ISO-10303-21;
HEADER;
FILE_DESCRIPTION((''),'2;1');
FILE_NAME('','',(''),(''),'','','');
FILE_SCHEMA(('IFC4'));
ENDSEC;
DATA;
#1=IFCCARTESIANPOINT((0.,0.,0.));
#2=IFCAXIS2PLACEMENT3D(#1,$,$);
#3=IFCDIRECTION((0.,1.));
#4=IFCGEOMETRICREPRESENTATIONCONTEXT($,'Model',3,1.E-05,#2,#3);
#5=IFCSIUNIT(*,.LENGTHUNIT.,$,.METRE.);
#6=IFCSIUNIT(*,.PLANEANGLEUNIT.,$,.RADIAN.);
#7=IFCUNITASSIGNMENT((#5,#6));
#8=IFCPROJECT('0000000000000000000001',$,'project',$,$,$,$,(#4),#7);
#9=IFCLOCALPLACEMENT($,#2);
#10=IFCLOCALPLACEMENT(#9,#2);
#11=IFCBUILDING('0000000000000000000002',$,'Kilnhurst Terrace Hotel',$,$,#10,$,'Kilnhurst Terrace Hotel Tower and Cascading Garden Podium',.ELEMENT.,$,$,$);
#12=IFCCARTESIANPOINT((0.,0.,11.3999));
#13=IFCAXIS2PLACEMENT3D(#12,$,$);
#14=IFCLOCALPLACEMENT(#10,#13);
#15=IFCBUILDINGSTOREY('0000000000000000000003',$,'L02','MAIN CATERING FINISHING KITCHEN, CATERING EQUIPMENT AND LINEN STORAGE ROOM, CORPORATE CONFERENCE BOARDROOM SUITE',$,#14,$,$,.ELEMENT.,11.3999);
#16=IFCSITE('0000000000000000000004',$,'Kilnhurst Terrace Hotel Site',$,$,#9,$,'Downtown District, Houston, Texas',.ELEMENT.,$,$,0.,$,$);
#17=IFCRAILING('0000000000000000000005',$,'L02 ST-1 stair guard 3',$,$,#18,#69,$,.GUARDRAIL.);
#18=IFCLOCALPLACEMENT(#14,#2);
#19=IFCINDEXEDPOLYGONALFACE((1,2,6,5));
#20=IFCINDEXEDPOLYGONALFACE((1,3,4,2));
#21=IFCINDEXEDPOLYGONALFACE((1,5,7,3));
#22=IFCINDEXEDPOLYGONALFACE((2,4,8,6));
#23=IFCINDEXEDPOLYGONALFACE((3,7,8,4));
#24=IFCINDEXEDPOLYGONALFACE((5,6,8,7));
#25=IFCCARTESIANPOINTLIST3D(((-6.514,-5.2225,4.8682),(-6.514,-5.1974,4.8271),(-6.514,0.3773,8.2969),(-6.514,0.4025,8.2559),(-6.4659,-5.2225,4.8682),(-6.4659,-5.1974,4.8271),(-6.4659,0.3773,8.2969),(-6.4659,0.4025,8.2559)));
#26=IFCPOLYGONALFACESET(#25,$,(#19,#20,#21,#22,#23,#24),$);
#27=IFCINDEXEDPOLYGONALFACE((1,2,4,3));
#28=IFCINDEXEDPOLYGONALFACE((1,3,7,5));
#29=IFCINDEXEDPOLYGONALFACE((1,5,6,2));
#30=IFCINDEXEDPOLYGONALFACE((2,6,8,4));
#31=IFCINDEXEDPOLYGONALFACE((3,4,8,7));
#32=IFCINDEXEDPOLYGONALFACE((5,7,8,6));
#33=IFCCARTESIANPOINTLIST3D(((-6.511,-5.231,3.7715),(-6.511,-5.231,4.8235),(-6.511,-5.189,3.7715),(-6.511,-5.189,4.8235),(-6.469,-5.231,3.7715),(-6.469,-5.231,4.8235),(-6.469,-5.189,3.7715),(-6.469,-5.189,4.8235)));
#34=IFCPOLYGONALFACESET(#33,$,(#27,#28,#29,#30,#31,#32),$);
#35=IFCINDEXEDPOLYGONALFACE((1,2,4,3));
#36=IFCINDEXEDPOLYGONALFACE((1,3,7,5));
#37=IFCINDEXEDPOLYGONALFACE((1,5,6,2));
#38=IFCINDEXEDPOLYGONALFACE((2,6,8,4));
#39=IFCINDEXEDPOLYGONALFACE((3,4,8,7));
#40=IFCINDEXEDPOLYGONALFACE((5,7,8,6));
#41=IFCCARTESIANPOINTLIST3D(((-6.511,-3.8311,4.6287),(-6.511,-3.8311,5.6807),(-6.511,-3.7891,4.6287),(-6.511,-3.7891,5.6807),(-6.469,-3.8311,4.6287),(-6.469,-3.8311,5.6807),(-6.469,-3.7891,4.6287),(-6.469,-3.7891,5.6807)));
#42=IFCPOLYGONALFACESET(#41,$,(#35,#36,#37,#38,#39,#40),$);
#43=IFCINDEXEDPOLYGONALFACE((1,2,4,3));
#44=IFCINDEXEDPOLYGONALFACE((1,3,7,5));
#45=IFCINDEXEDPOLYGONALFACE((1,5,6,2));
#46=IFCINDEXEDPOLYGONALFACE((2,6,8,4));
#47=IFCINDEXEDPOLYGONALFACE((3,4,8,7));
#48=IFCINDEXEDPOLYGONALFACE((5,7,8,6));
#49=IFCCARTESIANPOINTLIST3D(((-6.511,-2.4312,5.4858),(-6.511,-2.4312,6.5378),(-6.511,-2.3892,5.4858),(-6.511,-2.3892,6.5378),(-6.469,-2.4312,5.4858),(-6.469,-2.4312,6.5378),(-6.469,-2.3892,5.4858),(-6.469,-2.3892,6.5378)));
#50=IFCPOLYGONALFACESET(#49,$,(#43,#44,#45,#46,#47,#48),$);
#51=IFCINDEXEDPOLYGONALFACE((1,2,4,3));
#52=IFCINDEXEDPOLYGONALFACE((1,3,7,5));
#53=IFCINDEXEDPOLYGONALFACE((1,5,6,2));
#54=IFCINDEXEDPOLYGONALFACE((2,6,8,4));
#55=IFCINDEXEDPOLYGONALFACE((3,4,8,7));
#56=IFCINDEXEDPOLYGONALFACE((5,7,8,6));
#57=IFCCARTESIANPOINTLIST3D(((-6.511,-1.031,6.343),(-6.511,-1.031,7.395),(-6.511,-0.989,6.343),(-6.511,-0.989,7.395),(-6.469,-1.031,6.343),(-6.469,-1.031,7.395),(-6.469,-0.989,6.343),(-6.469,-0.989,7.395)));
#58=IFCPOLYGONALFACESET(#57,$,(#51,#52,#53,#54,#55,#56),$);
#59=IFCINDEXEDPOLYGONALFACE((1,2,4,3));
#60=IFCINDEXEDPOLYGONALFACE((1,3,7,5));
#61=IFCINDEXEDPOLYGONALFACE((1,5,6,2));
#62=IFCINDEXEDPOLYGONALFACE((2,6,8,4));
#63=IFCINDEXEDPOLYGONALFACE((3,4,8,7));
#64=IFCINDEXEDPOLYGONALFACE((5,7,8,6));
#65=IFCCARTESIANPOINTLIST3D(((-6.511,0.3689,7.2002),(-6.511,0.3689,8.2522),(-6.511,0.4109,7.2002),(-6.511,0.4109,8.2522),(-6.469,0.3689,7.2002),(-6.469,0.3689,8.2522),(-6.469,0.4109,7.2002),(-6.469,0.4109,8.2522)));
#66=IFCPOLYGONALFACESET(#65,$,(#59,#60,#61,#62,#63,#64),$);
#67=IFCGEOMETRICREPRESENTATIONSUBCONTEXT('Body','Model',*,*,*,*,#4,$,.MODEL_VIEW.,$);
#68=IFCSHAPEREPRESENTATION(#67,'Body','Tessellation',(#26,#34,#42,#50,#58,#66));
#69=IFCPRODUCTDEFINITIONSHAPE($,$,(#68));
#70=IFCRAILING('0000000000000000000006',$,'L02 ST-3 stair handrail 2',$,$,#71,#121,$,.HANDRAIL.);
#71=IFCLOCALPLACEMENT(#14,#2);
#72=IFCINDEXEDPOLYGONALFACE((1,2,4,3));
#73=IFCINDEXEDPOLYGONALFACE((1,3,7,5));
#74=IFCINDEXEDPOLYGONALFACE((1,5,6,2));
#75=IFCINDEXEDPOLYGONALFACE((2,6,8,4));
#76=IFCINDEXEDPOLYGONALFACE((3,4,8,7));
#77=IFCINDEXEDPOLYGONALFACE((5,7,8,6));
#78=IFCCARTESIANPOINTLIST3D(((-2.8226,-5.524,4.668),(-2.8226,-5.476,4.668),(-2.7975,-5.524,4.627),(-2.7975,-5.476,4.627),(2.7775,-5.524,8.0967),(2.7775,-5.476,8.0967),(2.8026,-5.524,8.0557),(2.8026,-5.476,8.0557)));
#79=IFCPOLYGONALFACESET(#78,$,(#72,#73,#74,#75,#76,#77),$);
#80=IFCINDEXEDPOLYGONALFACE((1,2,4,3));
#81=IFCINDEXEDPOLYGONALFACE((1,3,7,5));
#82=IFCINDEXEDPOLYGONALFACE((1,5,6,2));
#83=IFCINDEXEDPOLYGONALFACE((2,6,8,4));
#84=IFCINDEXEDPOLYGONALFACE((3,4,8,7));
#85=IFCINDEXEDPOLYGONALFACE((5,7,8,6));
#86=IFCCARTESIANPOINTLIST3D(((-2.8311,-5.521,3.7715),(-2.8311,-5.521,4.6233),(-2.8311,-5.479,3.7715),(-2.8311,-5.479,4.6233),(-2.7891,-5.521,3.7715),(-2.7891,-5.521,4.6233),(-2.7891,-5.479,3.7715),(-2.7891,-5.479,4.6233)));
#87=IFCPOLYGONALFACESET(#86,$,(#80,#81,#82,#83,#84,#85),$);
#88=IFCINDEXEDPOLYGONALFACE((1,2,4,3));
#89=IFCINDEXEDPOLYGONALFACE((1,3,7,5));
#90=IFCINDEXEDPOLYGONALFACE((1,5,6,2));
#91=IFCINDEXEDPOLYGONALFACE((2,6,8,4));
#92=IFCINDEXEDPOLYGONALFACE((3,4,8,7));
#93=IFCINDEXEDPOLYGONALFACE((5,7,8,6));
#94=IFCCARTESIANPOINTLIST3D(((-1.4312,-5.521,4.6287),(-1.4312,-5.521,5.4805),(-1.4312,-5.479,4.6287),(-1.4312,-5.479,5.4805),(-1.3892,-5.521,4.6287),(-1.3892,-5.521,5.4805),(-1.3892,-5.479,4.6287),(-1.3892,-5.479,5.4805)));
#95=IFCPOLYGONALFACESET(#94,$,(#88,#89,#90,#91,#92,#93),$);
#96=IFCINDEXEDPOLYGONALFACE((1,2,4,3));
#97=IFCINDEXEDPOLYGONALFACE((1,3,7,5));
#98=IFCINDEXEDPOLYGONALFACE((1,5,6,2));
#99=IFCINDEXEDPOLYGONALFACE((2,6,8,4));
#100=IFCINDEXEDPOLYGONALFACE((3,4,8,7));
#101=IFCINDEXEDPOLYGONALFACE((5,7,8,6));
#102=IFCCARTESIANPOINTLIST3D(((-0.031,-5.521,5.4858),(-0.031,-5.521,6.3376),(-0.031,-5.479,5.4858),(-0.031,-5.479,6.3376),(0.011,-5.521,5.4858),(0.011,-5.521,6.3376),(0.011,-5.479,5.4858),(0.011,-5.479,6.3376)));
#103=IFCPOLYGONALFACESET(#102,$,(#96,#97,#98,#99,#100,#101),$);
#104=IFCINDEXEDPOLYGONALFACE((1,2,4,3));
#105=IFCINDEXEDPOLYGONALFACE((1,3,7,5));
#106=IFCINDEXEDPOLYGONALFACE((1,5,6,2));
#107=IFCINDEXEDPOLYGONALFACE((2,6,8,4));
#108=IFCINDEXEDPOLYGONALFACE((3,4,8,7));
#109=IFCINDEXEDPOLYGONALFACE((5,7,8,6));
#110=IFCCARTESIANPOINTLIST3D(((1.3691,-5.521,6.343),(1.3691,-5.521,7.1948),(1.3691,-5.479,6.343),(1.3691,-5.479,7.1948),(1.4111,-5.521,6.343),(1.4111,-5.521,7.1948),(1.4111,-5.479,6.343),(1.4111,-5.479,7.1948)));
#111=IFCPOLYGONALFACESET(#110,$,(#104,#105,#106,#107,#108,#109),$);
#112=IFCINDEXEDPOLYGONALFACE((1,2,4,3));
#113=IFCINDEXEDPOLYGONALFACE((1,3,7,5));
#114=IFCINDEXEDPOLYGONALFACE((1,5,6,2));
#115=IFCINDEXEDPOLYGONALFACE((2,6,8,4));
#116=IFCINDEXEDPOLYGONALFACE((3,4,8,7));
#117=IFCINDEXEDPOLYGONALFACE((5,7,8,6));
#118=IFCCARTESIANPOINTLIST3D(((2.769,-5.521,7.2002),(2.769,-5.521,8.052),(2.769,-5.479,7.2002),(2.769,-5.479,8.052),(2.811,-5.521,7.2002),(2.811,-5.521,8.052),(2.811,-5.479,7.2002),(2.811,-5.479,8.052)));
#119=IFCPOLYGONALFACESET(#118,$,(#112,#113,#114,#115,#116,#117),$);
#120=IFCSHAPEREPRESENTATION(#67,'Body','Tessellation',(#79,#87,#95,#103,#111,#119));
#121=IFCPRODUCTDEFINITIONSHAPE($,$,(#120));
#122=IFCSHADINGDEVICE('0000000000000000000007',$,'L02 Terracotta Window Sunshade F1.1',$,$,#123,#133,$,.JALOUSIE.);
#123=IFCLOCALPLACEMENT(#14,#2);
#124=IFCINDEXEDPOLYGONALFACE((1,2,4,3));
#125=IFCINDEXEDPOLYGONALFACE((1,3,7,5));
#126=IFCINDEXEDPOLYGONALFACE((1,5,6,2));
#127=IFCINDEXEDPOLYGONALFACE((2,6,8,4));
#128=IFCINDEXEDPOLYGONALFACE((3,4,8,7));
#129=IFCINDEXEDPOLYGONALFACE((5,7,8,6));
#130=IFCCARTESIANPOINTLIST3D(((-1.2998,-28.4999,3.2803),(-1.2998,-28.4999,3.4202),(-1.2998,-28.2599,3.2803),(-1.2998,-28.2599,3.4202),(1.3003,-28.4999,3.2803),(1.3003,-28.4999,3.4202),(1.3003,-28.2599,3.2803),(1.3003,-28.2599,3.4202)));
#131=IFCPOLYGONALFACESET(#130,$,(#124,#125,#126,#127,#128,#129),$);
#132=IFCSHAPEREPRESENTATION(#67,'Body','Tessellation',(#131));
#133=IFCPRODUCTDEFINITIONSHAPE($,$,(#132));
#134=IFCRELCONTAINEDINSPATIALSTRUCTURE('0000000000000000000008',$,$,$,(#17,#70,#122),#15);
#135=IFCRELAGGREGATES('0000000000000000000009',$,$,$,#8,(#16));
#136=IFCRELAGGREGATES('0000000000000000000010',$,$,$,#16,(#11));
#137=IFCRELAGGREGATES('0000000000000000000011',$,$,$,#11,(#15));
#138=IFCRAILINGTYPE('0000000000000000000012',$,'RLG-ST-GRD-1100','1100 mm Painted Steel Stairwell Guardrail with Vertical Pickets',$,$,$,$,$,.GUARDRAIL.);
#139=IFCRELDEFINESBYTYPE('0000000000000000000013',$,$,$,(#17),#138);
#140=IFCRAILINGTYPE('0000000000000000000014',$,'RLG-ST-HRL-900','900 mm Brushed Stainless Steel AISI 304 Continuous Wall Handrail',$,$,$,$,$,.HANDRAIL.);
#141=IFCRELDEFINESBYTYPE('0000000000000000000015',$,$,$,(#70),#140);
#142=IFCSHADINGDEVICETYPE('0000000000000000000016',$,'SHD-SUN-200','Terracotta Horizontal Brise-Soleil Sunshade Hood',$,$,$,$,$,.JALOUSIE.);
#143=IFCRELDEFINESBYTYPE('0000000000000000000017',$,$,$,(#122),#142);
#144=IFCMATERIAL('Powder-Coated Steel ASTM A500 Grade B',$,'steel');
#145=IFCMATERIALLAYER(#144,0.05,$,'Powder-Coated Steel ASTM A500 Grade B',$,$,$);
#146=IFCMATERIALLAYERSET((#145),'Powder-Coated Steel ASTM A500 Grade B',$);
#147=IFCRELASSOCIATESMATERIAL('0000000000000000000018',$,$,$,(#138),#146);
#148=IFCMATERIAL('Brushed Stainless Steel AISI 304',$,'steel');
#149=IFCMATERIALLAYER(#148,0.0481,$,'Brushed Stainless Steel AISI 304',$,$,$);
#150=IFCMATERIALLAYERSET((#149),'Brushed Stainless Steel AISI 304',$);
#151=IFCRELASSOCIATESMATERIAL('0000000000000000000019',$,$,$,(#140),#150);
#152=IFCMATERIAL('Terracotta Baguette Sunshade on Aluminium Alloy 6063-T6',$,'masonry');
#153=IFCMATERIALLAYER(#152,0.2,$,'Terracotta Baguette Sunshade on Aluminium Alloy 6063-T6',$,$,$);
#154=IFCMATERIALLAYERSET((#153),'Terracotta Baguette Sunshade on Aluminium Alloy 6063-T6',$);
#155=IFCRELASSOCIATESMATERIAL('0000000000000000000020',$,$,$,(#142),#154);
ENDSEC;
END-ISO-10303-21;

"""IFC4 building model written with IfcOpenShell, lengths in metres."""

from ifc_helpers import new_model, si_unit, direction, frame, origin, origin_2d, place, context, subcontext, project, spatial, rectangle, extrude, material, layer, layer_set, type_object, element, save


model = new_model("IFC4")

# Units and contexts
model_context = context("Model", 3, precision=1e-05, world=origin(), true_north=direction((0.0, 1.0)))
body_context = subcontext(model_context, "Body", "Model", "MODEL_VIEW")
ifc_project = project(units=[si_unit("LENGTHUNIT", "METRE"), si_unit("PLANEANGLEUNIT", "RADIAN")], contexts=[model_context])

# Site, building, storey
site_placement = place(None, origin())
site = spatial("IfcSite", under=ifc_project, at=site_placement, Name="Kilnhurst Terrace Hotel Site", LongName="Downtown District, Houston, Texas", CompositionType="ELEMENT", RefElevation=0.0)
building_placement = place(site_placement, origin())
building = spatial("IfcBuilding", under=site, at=building_placement, Name="Kilnhurst Terrace Hotel", LongName="Kilnhurst Terrace Hotel Tower and Cascading Garden Podium", CompositionType="ELEMENT")
storey_placement = place(building_placement, frame((0.0, 0.0, 11.3999)))
storey = spatial("IfcBuildingStorey", under=building, at=storey_placement, Name="L02", Description="MAIN CATERING FINISHING KITCHEN, CATERING EQUIPMENT AND LINEN STORAGE ROOM, CORPORATE CONFERENCE BOARDROOM SUITE", CompositionType="ELEMENT", Elevation=11.3999)

# Railings
ifc_material_1 = material(Name="Powder-Coated Steel ASTM A500 Grade B", Category="steel")
ifc_layer_1 = layer(ifc_material_1, 0.05, Name="Powder-Coated Steel ASTM A500 Grade B")
ifc_layer_set_1 = layer_set([ifc_layer_1], Name="Powder-Coated Steel ASTM A500 Grade B")
railing_type_1 = type_object("IfcRailingType", Name="RLG-ST-GRD-1100", Description="1100 mm Painted Steel Stairwell Guardrail with Vertical Pickets", PredefinedType="GUARDRAIL", material=ifc_layer_set_1)
railing_1_placement = place(storey_placement, frame((-6.49, -5.21, 3.7715)))
element("IfcRailing", 1, at=railing_1_placement, inside=storey, type_object=railing_type_1, Name="L02 ST-1 stair guard 3", PredefinedType="GUARDRAIL", context=body_context, shape_type="SweptSolid", body=[
    extrude(rectangle(XDim=0.0481, YDim=0.0481, at=origin_2d()), frame((0.0, 0.0, 1.0762), z_axis=(0.0, 0.852836, 0.522179), x_axis=(-1.0, 0.0, 0.0)), (0.0, 0.0, 1.0), 6.5662),
    extrude(rectangle(XDim=0.042, YDim=0.042, at=origin_2d()), origin(), (0.0, 0.0, 1.0), 1.052),
    extrude(rectangle(XDim=0.042, YDim=0.042, at=origin_2d()), frame((0.0, 1.3999, 0.8572)), (0.0, 0.0, 1.0), 1.052),
    extrude(rectangle(XDim=0.042, YDim=0.042, at=origin_2d()), frame((0.0, 2.7998, 1.7144)), (0.0, 0.0, 1.0), 1.052),
    extrude(rectangle(XDim=0.042, YDim=0.042, at=origin_2d()), frame((0.0, 4.2, 2.5715)), (0.0, 0.0, 1.0), 1.052),
    extrude(rectangle(XDim=0.042, YDim=0.042, at=origin_2d()), frame((0.0, 5.5999, 3.4287)), (0.0, 0.0, 1.0), 1.052),
])
ifc_material_2 = material(Name="Brushed Stainless Steel AISI 304", Category="steel")
ifc_layer_2 = layer(ifc_material_2, 0.0481, Name="Brushed Stainless Steel AISI 304")
ifc_layer_set_2 = layer_set([ifc_layer_2], Name="Brushed Stainless Steel AISI 304")
railing_type_2 = type_object("IfcRailingType", Name="RLG-ST-HRL-900", Description="900 mm Brushed Stainless Steel AISI 304 Continuous Wall Handrail", PredefinedType="HANDRAIL", material=ifc_layer_set_2)
railing_2_placement = place(storey_placement, frame((-2.8101, -5.5, 3.7715)))
element("IfcRailing", 2, at=railing_2_placement, inside=storey, type_object=railing_type_2, Name="L02 ST-3 stair handrail 2", PredefinedType="HANDRAIL", context=body_context, shape_type="SweptSolid", body=[
    extrude(rectangle(XDim=0.0481, YDim=0.0481, at=origin_2d()), frame((0.0, 0.0, 0.876), z_axis=(0.852846, 0.0, 0.522163), x_axis=(0.0, 1.0, 0.0)), (0.0, 0.0, 1.0), 6.5664),
    extrude(rectangle(XDim=0.042, YDim=0.042, at=origin_2d()), origin(), (0.0, 0.0, 1.0), 0.8518),
    extrude(rectangle(XDim=0.042, YDim=0.042, at=origin_2d()), frame((1.3999, 0.0, 0.8572)), (0.0, 0.0, 1.0), 0.8518),
    extrude(rectangle(XDim=0.042, YDim=0.042, at=origin_2d()), frame((2.8, 0.0, 1.7144)), (0.0, 0.0, 1.0), 0.8518),
    extrude(rectangle(XDim=0.042, YDim=0.042, at=origin_2d()), frame((4.2002, 0.0, 2.5715)), (0.0, 0.0, 1.0), 0.8518),
    extrude(rectangle(XDim=0.042, YDim=0.042, at=origin_2d()), frame((5.6001, 0.0, 3.4287)), (0.0, 0.0, 1.0), 0.8518),
])

# Shading device
ifc_material_3 = material(Name="Terracotta Baguette Sunshade on Aluminium Alloy 6063-T6", Category="masonry")
ifc_layer_3 = layer(ifc_material_3, 0.2, Name="Terracotta Baguette Sunshade on Aluminium Alloy 6063-T6")
ifc_layer_set_3 = layer_set([ifc_layer_3], Name="Terracotta Baguette Sunshade on Aluminium Alloy 6063-T6")
shading_device_type = type_object("IfcShadingDeviceType", Name="SHD-SUN-200", Description="Terracotta Horizontal Brise-Soleil Sunshade Hood", PredefinedType="JALOUSIE", material=ifc_layer_set_3)
shading_device_placement = place(storey_placement, frame((0.0002, -28.3799, 3.2803), z_axis=(0.0, 0.0, 1.0), x_axis=(1.0, 0.0, 0.0)))
element("IfcShadingDevice", 3, at=shading_device_placement, inside=storey, type_object=shading_device_type, Name="L02 Terracotta Window Sunshade F1.1", PredefinedType="JALOUSIE", context=body_context, shape_type="SweptSolid", body=[
    extrude(rectangle(XDim=2.6001, YDim=0.24, at=origin_2d()), origin(), (0.0, 0.0, 1.0), 0.1399),
])

save(model, "model.ifc")
